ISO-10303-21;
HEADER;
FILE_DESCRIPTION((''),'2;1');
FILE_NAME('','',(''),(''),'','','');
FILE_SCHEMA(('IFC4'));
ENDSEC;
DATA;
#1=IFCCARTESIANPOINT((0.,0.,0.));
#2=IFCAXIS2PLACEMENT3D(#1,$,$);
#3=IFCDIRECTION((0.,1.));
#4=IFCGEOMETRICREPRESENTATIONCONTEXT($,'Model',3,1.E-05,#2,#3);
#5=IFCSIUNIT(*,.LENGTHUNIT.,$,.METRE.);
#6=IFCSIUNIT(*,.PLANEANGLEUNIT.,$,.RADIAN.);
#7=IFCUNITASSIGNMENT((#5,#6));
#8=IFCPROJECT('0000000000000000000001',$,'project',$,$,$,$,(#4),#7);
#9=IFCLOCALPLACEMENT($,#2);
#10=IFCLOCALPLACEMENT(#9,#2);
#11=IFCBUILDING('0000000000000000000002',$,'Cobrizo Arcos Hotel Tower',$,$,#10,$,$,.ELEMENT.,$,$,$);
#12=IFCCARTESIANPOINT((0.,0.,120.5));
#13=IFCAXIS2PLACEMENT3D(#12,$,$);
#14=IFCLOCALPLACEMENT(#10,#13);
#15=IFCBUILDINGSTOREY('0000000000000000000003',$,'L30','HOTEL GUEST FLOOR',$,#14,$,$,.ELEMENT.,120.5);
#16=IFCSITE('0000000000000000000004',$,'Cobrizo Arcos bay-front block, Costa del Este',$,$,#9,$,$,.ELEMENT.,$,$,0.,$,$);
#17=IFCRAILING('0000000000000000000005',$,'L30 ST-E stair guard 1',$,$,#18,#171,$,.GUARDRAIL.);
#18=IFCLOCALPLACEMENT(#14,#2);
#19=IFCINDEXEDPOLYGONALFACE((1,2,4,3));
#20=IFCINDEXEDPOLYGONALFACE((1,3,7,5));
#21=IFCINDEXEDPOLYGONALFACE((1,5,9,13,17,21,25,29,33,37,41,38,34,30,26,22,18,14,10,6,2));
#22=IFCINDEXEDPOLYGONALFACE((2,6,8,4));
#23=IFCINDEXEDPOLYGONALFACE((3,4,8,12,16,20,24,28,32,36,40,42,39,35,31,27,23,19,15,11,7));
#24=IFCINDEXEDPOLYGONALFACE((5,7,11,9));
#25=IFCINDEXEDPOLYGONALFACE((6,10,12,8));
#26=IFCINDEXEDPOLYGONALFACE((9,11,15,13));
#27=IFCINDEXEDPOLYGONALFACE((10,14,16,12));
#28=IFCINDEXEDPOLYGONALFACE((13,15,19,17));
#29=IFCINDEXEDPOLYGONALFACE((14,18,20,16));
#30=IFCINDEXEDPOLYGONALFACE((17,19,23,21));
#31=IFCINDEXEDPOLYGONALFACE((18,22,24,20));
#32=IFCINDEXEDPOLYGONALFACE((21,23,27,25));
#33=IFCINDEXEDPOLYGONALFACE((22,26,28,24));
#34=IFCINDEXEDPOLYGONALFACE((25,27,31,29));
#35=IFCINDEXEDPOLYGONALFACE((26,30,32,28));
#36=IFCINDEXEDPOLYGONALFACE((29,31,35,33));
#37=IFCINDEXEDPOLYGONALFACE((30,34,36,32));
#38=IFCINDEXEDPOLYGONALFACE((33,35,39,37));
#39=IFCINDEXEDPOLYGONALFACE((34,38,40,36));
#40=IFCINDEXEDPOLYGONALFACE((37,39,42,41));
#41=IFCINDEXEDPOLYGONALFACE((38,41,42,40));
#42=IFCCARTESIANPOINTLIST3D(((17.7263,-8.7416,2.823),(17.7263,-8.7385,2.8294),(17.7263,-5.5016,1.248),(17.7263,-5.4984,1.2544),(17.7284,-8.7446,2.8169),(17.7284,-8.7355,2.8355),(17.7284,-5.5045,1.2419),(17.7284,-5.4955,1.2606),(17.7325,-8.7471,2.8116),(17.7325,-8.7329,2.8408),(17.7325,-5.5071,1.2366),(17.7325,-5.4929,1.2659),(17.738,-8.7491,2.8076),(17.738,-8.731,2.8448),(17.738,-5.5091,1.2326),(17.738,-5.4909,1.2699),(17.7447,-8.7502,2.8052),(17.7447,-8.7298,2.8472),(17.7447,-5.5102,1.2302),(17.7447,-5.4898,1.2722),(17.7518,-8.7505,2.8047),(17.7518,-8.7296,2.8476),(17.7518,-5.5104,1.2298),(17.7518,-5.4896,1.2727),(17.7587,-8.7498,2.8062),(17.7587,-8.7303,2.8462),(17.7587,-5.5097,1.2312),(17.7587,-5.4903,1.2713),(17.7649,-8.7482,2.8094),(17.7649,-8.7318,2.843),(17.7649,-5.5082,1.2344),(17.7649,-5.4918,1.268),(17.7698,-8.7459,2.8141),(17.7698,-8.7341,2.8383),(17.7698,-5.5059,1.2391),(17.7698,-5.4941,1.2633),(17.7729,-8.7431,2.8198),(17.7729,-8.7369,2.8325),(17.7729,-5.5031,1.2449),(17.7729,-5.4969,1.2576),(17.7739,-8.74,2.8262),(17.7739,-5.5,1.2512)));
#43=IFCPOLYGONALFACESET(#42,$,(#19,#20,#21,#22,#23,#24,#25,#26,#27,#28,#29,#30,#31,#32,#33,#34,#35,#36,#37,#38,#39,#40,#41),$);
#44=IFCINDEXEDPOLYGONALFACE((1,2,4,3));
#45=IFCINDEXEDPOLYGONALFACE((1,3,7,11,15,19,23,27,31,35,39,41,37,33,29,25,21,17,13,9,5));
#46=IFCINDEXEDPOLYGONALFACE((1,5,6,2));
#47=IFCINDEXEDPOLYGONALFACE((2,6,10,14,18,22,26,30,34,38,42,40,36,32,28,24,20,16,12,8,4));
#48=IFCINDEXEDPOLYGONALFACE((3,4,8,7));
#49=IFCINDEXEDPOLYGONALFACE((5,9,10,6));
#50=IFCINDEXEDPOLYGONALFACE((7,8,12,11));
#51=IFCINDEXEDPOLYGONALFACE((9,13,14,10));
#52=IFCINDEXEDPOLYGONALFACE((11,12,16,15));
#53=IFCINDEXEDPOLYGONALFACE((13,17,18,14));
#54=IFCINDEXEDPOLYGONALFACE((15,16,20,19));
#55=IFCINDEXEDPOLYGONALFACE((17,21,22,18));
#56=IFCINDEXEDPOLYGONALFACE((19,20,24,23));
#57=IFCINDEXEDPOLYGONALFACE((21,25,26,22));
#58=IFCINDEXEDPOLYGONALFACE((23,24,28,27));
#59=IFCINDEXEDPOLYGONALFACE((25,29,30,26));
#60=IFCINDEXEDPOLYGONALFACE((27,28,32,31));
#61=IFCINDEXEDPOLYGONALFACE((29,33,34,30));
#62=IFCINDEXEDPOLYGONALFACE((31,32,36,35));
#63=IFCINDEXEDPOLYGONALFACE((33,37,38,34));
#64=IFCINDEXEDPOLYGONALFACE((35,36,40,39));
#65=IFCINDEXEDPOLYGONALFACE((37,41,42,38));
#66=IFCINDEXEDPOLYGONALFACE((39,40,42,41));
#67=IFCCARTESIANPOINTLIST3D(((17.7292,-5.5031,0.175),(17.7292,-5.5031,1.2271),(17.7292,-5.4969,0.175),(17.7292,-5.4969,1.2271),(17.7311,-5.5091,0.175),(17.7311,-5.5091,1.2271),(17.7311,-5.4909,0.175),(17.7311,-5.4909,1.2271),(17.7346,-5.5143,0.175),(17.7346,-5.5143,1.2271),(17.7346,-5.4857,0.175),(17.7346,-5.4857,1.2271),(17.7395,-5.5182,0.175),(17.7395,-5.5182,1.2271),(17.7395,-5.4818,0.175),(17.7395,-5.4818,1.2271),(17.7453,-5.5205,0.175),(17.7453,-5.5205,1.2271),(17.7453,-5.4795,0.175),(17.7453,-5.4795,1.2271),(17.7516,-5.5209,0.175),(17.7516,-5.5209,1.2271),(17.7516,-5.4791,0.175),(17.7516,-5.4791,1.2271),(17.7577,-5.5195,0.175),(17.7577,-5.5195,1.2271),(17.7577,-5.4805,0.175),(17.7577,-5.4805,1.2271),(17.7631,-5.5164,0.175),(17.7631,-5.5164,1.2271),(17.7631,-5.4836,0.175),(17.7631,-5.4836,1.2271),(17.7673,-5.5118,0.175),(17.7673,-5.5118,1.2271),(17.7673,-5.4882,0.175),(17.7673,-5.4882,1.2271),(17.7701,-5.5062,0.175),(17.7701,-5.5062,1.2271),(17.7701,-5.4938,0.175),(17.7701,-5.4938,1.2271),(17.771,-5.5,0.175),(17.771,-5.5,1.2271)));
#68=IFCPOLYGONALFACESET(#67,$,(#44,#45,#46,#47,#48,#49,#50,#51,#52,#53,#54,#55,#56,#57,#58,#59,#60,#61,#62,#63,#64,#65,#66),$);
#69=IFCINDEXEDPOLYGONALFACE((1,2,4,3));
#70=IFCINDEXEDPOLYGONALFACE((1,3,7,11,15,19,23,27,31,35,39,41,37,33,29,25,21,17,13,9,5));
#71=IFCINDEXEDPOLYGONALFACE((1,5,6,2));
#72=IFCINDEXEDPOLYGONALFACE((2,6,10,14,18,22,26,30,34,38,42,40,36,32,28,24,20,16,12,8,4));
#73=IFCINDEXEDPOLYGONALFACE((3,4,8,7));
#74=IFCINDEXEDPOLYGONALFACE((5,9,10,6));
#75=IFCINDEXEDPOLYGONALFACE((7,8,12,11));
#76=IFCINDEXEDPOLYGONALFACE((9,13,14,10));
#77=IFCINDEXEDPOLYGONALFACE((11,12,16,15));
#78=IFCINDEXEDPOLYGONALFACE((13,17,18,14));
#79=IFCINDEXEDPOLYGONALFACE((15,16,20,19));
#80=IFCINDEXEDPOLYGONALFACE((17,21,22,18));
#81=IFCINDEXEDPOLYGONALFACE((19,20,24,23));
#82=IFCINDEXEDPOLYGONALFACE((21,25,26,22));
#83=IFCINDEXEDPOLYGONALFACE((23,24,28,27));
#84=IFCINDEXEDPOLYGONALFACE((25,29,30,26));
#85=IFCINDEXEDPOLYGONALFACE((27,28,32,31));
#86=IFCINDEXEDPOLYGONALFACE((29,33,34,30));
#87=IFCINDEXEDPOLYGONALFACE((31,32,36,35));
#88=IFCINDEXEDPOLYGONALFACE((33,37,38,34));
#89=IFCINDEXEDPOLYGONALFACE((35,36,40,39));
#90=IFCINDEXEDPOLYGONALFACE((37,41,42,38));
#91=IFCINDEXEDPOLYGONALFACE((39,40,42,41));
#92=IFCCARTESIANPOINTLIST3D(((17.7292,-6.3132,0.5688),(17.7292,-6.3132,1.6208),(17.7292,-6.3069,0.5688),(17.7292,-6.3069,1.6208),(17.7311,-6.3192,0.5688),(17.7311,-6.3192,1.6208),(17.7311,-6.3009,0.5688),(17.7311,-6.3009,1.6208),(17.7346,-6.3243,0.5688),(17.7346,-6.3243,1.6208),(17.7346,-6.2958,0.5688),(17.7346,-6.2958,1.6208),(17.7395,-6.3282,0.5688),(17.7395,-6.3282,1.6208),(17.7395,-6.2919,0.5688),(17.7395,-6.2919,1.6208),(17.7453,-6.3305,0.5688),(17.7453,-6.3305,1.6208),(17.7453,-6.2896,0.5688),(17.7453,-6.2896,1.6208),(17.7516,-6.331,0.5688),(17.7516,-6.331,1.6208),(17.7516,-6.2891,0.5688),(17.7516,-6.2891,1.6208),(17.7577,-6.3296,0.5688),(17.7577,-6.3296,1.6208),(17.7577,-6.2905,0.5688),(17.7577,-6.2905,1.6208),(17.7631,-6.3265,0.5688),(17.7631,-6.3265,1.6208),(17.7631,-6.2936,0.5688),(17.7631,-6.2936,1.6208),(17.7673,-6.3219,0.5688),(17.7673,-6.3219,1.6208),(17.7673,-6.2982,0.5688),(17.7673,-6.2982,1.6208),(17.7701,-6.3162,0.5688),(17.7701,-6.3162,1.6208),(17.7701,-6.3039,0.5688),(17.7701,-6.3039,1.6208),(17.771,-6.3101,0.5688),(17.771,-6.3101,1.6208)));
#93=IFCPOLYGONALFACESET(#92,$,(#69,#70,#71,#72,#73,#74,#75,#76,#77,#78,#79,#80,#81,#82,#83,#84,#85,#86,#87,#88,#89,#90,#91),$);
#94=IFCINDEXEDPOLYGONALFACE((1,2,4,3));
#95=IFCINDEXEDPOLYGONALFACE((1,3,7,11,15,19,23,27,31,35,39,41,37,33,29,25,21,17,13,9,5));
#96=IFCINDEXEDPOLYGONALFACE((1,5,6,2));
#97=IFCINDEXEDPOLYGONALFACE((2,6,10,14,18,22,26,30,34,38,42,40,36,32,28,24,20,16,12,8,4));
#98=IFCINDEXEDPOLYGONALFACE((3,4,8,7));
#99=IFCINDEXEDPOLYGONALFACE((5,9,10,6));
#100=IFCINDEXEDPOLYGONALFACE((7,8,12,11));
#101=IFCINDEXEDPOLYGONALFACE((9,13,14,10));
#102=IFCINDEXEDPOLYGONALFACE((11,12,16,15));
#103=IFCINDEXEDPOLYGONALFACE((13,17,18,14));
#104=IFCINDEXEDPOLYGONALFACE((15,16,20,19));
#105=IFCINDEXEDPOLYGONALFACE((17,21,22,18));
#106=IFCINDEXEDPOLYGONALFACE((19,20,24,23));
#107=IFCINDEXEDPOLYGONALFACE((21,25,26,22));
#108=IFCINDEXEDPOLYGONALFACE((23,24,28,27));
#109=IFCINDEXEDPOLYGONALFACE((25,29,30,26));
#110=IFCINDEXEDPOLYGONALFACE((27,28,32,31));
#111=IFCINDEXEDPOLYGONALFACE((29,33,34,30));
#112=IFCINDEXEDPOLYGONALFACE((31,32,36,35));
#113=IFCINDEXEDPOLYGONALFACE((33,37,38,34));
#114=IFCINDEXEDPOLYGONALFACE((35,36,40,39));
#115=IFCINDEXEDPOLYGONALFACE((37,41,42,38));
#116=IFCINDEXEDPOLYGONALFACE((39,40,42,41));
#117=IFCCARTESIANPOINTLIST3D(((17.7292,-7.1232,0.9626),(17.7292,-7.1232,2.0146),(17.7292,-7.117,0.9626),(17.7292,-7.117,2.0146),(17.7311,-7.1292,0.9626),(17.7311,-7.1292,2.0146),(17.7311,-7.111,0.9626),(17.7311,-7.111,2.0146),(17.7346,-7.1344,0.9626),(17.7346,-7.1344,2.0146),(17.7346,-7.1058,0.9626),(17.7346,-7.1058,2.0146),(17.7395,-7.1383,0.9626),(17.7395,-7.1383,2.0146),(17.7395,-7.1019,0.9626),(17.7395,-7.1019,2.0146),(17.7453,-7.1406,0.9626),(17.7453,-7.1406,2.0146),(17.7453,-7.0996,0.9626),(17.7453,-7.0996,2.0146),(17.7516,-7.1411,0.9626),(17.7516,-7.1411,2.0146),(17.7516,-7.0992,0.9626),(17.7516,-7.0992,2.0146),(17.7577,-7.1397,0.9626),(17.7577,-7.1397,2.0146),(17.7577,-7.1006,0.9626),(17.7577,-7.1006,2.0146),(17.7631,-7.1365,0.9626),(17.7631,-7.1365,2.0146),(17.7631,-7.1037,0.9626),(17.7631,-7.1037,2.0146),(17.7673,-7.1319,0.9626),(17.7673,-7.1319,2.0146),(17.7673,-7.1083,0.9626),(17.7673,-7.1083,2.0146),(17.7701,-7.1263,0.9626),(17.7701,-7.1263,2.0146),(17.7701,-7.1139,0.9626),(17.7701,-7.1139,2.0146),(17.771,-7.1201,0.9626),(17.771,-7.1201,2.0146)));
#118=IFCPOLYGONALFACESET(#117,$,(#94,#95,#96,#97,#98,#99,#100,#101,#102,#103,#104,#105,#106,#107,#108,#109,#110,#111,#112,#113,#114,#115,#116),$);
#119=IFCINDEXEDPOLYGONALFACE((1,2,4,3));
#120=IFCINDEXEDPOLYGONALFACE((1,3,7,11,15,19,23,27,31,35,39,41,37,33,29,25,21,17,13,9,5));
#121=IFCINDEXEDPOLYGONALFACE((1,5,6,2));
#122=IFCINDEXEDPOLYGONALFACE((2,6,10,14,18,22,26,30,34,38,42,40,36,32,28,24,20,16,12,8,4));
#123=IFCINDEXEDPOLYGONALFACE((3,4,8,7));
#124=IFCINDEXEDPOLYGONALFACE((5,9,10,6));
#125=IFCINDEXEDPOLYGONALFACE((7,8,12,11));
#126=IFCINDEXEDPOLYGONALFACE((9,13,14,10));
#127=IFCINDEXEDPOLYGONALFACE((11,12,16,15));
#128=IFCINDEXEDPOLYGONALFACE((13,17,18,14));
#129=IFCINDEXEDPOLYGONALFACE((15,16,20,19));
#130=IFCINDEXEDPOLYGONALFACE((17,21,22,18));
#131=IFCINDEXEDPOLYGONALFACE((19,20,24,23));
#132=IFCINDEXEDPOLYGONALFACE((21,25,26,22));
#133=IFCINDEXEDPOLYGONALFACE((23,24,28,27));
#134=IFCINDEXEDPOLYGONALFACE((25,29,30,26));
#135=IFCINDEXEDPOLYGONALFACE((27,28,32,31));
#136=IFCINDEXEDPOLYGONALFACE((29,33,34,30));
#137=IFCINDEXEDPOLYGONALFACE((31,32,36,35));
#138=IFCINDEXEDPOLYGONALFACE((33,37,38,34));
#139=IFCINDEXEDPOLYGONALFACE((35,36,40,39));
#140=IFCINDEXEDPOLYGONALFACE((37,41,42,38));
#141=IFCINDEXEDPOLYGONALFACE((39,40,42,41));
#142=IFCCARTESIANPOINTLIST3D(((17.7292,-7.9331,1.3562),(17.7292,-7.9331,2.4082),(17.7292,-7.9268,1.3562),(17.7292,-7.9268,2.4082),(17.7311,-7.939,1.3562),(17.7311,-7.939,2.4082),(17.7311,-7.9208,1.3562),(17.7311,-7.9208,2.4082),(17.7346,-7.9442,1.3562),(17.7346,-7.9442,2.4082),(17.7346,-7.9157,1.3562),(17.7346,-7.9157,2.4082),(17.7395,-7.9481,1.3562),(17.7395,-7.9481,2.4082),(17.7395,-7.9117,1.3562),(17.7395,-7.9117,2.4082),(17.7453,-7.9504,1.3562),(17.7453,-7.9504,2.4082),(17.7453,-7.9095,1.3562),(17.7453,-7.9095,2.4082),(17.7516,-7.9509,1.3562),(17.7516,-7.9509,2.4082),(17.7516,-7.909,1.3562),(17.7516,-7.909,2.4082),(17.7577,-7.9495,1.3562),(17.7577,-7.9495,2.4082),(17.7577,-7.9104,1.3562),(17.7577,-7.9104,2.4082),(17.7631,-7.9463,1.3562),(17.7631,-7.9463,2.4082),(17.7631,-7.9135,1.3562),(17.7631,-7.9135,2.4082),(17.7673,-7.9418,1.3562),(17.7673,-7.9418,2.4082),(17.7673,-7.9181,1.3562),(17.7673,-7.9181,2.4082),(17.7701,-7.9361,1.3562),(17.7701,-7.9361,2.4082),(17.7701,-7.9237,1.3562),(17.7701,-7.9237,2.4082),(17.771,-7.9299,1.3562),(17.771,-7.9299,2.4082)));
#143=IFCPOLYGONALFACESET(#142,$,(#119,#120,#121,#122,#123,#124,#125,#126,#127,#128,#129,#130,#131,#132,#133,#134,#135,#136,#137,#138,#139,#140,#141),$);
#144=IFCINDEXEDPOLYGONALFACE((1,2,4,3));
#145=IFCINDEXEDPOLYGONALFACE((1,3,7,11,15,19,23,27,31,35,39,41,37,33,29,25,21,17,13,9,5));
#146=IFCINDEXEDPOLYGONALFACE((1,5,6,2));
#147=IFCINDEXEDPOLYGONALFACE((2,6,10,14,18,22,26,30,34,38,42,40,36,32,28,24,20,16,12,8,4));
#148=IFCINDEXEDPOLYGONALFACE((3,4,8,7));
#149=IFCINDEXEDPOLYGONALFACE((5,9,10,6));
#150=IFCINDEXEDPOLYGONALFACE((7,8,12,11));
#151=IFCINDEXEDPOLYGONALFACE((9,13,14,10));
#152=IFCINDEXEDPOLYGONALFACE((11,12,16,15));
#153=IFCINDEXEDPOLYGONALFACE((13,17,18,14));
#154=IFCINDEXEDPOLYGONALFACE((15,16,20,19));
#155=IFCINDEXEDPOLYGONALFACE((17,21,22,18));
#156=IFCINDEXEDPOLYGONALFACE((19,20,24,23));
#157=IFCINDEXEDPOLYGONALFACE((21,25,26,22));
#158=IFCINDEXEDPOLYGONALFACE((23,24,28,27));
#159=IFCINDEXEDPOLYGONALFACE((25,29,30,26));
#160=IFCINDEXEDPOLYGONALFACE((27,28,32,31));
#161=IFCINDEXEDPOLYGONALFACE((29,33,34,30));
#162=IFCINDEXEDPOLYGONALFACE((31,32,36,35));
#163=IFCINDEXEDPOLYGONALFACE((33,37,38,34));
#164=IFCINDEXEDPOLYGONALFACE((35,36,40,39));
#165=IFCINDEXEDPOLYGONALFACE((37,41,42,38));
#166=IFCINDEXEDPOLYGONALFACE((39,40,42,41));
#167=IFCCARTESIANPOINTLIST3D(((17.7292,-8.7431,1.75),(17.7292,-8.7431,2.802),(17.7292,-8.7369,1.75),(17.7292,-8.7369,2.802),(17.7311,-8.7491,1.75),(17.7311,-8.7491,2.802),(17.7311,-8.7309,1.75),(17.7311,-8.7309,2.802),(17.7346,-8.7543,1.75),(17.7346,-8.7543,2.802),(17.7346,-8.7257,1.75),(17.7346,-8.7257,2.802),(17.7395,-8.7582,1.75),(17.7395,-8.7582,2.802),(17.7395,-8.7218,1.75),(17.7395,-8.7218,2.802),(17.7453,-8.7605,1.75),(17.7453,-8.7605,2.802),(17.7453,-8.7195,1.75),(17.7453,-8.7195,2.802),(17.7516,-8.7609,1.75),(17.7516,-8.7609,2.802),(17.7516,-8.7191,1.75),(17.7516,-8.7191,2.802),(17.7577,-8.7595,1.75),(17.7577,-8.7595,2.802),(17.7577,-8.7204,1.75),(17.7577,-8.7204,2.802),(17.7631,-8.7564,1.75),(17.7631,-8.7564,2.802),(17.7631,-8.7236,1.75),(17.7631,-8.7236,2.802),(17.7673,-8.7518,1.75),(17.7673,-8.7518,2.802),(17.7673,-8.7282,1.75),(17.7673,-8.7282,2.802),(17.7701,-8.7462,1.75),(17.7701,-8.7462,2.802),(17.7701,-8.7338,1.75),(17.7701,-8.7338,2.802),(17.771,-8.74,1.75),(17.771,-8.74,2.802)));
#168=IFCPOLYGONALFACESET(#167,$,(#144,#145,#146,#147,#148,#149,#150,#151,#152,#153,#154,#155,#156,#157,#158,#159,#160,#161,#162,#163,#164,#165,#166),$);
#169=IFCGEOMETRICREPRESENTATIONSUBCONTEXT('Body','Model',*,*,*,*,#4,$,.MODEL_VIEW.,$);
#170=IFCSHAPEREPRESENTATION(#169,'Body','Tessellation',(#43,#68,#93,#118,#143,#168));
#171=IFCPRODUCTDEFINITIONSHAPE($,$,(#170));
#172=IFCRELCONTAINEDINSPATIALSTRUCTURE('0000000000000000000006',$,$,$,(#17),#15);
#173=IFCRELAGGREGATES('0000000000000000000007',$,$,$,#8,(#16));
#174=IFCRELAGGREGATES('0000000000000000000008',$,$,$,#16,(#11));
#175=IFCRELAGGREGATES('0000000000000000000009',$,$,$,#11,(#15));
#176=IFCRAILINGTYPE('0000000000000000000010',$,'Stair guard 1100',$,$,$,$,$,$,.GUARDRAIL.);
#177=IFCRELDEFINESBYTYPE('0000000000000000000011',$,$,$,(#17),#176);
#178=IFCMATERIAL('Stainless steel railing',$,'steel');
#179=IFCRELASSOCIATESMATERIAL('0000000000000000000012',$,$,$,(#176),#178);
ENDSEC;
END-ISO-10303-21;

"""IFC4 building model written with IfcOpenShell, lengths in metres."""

from ifc_helpers import new_model, si_unit, direction, frame, origin, origin_2d, place, context, subcontext, project, spatial, circle, extrude, material, type_object, element, save


model = new_model("IFC4")

# Units and contexts
model_context = context("Model", 3, precision=1e-05, world=origin(), true_north=direction((0.0, 1.0)))
body_context = subcontext(model_context, "Body", "Model", "MODEL_VIEW")
ifc_project = project(units=[si_unit("LENGTHUNIT", "METRE"), si_unit("PLANEANGLEUNIT", "RADIAN")], contexts=[model_context])

# Site, building, storey
site_placement = place(None, origin())
site = spatial("IfcSite", under=ifc_project, at=site_placement, Name="Cobrizo Arcos bay-front block, Costa del Este", CompositionType="ELEMENT", RefElevation=0.0)
building_placement = place(site_placement, origin())
building = spatial("IfcBuilding", under=site, at=building_placement, Name="Cobrizo Arcos Hotel Tower", CompositionType="ELEMENT")
storey_placement = place(building_placement, frame((0.0, 0.0, 120.5)))
storey = spatial("IfcBuildingStorey", under=building, at=storey_placement, Name="L30", Description="HOTEL GUEST FLOOR", CompositionType="ELEMENT", Elevation=120.5)

# Railing
ifc_material_1 = material(Name="Stainless steel railing", Category="steel")
railing_type_1 = type_object("IfcRailingType", Name="Stair guard 1100", PredefinedType="GUARDRAIL", material=ifc_material_1)
railing_1_placement = place(storey_placement, frame((17.75, -5.5, 0.175)))
element("IfcRailing", 1, at=railing_1_placement, inside=storey, type_object=railing_type_1, Name="L30 ST-E stair guard 1", PredefinedType="GUARDRAIL", context=body_context, shape_type="SweptSolid", body=[
    extrude(circle(Radius=0.0239, at=origin_2d()), frame((0.0, 0.0, 1.0762), z_axis=(0.0, -0.899373, 0.437183), x_axis=(1.0, 0.0, 0.0)), (0.0, 0.0, 1.0), 3.6025),
    extrude(circle(Radius=0.021, at=origin_2d()), origin(), (0.0, 0.0, 1.0), 1.052),
    extrude(circle(Radius=0.021, at=origin_2d()), frame((0.0, -0.8101, 0.3938)), (0.0, 0.0, 1.0), 1.052),
    extrude(circle(Radius=0.021, at=origin_2d()), frame((0.0, -1.6201, 0.7876)), (0.0, 0.0, 1.0), 1.052),
    extrude(circle(Radius=0.021, at=origin_2d()), frame((0.0, -2.4299, 1.1812)), (0.0, 0.0, 1.0), 1.052),
    extrude(circle(Radius=0.021, at=origin_2d()), frame((0.0, -3.24, 1.575)), (0.0, 0.0, 1.0), 1.052),
])

save(model, "model.ifc")
